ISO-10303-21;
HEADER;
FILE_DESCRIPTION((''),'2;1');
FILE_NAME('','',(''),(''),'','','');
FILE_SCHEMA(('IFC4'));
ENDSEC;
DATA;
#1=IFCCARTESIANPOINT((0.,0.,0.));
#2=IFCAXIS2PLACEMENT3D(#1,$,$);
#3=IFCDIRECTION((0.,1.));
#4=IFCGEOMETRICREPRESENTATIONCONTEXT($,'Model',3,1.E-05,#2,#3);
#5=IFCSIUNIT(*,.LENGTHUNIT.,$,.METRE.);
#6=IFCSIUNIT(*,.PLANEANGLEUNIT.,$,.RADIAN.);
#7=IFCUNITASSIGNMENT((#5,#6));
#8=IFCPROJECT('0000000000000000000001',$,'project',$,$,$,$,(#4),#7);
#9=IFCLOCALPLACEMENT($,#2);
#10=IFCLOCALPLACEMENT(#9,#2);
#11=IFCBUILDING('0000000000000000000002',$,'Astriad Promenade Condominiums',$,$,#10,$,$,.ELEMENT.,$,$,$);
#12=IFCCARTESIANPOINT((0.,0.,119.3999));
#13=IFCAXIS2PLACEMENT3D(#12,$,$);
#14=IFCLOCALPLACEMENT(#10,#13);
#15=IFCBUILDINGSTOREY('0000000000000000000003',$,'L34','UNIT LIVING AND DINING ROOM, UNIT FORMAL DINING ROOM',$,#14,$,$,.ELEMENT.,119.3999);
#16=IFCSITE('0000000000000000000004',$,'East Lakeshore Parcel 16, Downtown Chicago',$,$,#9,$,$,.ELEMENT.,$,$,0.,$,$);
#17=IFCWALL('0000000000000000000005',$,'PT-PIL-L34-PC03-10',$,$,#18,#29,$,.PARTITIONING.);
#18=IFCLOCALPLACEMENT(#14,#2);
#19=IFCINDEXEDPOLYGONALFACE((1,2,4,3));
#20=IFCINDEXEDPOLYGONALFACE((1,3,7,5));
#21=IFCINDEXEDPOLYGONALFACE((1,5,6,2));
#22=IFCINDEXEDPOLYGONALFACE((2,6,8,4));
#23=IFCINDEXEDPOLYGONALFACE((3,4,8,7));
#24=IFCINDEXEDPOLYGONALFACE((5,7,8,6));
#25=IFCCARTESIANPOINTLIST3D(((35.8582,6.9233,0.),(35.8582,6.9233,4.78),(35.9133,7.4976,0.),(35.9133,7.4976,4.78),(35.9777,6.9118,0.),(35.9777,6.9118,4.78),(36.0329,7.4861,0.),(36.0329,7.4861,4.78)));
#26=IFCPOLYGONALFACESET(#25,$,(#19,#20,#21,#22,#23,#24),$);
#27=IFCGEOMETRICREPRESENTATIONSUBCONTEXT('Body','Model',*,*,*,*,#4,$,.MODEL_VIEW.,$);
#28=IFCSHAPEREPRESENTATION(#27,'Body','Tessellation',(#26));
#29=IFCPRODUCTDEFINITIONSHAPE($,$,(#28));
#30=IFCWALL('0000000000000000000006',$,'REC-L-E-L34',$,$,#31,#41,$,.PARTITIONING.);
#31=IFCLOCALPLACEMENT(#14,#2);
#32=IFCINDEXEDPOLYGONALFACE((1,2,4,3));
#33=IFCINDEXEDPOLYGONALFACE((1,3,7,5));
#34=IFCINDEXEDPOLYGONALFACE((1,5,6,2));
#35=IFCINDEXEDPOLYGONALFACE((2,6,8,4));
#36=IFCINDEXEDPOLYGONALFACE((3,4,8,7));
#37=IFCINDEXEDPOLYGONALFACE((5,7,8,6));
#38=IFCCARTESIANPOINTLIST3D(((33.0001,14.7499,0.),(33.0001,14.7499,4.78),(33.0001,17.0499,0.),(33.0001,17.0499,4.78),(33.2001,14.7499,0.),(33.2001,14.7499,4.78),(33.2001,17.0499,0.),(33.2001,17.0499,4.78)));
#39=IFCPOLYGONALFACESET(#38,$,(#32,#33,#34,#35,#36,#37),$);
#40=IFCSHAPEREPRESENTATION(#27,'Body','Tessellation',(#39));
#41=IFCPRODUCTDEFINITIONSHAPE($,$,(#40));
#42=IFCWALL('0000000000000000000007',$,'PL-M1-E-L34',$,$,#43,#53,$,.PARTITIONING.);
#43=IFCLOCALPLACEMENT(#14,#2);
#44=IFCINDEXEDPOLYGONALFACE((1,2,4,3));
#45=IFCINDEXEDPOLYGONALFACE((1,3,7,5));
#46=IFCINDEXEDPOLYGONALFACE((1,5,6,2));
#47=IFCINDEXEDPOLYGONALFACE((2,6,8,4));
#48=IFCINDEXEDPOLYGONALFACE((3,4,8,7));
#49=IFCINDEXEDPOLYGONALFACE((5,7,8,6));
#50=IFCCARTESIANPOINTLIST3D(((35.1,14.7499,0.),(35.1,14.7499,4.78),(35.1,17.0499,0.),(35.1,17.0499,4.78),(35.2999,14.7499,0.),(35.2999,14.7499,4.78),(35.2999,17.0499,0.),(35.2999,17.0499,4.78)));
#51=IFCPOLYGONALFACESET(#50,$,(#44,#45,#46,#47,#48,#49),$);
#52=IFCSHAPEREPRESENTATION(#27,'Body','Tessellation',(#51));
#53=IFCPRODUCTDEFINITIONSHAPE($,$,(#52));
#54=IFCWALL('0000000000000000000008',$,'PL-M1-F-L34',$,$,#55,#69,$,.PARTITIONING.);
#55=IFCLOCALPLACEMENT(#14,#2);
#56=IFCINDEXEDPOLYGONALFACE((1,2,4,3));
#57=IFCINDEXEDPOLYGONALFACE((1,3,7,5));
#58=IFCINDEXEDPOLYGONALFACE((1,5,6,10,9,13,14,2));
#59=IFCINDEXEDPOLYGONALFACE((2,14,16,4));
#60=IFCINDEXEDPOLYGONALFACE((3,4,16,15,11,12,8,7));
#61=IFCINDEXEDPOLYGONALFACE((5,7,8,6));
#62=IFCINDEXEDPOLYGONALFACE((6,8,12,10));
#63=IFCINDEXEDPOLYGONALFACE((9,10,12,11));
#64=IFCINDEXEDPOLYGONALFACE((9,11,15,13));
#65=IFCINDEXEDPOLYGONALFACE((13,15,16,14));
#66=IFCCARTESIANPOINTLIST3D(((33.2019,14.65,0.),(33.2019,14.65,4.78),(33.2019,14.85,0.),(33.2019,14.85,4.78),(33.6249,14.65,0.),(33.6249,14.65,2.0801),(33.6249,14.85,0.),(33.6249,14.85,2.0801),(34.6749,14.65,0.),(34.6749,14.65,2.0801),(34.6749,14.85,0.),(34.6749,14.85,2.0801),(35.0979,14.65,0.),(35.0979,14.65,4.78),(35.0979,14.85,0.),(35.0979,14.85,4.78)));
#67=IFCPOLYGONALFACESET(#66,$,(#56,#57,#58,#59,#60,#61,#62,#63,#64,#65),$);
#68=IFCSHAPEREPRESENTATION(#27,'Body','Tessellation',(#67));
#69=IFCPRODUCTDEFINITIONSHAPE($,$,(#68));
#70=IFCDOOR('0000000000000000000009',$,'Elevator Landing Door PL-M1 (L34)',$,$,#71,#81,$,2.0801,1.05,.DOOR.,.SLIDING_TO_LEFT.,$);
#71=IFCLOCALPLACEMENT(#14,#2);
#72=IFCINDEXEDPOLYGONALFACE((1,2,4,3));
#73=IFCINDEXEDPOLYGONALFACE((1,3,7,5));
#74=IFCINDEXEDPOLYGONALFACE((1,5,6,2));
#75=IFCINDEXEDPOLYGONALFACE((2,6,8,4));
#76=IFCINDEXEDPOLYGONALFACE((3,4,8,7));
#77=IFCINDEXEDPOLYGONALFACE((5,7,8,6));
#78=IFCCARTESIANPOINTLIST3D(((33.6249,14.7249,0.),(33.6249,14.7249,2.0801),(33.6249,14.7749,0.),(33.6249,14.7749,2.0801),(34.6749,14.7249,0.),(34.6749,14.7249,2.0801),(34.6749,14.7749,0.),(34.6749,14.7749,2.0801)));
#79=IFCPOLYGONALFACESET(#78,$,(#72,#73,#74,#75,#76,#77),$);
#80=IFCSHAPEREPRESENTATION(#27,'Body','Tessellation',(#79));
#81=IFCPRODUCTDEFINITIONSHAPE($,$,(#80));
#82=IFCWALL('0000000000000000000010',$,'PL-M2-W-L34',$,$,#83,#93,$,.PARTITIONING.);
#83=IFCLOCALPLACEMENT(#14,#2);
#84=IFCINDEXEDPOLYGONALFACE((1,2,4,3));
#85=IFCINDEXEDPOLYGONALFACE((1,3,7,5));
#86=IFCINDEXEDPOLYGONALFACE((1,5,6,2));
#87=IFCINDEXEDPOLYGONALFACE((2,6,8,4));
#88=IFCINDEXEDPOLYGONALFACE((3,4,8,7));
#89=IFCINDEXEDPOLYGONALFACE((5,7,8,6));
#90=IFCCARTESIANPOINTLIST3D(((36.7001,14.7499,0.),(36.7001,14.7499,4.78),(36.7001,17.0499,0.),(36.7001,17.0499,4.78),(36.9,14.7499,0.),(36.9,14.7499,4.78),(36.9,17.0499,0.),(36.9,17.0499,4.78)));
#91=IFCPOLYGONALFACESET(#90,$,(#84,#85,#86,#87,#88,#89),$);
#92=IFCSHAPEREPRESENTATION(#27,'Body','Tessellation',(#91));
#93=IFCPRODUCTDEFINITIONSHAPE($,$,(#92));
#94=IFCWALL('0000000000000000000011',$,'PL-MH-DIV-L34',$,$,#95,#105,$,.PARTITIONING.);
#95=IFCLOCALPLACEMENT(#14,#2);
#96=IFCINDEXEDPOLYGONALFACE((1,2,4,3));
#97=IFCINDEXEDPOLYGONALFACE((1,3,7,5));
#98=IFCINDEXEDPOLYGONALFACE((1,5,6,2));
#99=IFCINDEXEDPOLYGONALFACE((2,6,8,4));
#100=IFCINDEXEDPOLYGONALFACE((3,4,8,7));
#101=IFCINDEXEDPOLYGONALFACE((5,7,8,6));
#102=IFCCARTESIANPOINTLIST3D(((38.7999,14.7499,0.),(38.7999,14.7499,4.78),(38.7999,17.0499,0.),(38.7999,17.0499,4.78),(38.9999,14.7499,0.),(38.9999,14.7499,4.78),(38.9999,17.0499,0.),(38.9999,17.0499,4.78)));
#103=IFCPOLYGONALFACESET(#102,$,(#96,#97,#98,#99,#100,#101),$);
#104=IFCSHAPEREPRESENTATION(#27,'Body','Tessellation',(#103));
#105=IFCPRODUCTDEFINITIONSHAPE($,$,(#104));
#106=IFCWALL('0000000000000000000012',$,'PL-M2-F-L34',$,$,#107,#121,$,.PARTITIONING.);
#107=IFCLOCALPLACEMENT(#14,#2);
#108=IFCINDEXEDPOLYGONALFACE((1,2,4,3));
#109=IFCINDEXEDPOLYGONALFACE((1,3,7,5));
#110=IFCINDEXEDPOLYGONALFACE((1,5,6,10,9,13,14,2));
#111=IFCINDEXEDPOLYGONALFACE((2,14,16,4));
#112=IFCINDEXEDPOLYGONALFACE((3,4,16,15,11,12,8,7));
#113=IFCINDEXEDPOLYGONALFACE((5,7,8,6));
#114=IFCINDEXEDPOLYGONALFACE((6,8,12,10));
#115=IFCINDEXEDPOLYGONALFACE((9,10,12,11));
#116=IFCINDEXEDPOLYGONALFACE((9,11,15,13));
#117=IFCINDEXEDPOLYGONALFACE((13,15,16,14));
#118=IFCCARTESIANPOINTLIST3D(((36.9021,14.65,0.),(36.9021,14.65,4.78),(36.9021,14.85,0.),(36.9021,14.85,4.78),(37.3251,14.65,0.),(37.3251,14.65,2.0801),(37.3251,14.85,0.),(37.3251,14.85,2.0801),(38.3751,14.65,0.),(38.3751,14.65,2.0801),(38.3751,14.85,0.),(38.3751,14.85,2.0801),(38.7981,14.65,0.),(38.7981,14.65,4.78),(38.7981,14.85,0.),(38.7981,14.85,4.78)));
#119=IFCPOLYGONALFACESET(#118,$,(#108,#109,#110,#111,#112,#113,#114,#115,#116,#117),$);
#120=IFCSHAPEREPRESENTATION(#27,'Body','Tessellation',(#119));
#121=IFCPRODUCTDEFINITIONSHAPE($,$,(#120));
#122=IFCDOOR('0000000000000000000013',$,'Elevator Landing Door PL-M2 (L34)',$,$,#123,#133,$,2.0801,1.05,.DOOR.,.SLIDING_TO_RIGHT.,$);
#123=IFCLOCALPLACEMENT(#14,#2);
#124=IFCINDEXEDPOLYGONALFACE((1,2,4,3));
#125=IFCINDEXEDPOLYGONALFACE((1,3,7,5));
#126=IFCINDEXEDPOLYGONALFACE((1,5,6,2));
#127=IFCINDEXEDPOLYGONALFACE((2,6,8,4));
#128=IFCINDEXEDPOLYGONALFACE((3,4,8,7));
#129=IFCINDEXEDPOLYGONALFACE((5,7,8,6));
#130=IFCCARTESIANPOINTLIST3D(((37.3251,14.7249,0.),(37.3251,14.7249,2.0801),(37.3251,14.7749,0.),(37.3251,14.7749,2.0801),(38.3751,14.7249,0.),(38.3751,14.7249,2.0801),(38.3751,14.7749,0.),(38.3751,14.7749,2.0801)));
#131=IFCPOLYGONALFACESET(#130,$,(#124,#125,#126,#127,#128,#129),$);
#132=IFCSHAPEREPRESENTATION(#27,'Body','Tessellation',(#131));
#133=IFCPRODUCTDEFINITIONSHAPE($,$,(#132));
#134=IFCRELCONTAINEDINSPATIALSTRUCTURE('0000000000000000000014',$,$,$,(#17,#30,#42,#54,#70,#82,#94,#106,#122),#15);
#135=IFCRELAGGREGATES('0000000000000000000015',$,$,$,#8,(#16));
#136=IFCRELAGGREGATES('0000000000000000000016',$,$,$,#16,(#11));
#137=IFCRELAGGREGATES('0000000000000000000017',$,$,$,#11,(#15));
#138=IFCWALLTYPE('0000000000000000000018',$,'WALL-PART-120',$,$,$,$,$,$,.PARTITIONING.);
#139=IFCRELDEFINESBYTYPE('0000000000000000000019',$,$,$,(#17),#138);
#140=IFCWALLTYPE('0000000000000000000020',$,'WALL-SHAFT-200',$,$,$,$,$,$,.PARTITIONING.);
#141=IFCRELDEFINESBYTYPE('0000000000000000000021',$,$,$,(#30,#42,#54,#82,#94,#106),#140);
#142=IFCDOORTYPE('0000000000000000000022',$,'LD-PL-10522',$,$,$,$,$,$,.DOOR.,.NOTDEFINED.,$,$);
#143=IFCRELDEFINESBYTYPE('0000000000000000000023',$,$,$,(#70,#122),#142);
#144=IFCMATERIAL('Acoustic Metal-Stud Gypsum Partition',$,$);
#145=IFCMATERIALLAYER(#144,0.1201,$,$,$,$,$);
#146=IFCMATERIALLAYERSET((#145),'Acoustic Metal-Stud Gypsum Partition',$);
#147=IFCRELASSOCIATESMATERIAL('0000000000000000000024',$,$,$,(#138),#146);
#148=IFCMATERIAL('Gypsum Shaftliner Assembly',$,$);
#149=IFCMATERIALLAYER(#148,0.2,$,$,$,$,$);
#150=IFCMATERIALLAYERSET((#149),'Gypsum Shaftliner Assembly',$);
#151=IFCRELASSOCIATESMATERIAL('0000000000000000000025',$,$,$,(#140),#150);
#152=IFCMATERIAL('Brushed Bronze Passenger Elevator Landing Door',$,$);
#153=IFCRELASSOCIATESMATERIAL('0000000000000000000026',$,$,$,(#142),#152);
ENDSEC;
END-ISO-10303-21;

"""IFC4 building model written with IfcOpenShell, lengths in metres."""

from ifc_helpers import new_model, si_unit, direction, frame, frame_2d, origin, place, context, subcontext, project, spatial, rectangle, extrude, source, transform, mapped, material, layer, layer_set, type_object, type_shapes, element, fill, save


model = new_model("IFC4")

# Units and contexts
model_context = context("Model", 3, precision=1e-05, world=origin(), true_north=direction((0.0, 1.0)))
body_context = subcontext(model_context, "Body", "Model", "MODEL_VIEW")
ifc_project = project(units=[si_unit("LENGTHUNIT", "METRE"), si_unit("PLANEANGLEUNIT", "RADIAN")], contexts=[model_context])

# Site, building, storey
site_placement = place(None, origin())
site = spatial("IfcSite", under=ifc_project, at=site_placement, Name="East Lakeshore Parcel 16, Downtown Chicago", CompositionType="ELEMENT", RefElevation=0.0)
building_placement = place(site_placement, origin())
building = spatial("IfcBuilding", under=site, at=building_placement, Name="Astriad Promenade Condominiums", CompositionType="ELEMENT")
storey_placement = place(building_placement, frame((0.0, 0.0, 119.3999)))
storey = spatial("IfcBuildingStorey", under=building, at=storey_placement, Name="L34", Description="UNIT LIVING AND DINING ROOM, UNIT FORMAL DINING ROOM", CompositionType="ELEMENT", Elevation=119.3999)

# Shared definitions
ifc_material_1 = material(Name="Acoustic Metal-Stud Gypsum Partition")
ifc_layer_1 = layer(ifc_material_1, 0.1201)
ifc_layer_set_1 = layer_set([ifc_layer_1], Name="Acoustic Metal-Stud Gypsum Partition")
wall_type_1 = type_object("IfcWallType", Name="WALL-PART-120", PredefinedType="PARTITIONING", material=ifc_layer_set_1)

# Walls
wall_1_placement = place(storey_placement, frame((35.9731, 7.4919, 0.0), z_axis=(0.0, 0.0, 1.0), x_axis=(-0.095648, -0.995415, 0.0)))
element("IfcWall", 1, at=wall_1_placement, inside=storey, type_object=wall_type_1, Name="PT-PIL-L34-PC03-10", PredefinedType="PARTITIONING", context=body_context, shape_type="SweptSolid", body=[
    extrude(rectangle(XDim=0.5769, YDim=0.1201, at=frame_2d((0.2886, 0.0))), origin(), (0.0, 0.0, 1.0), 4.78),
])
ifc_material_2 = material(Name="Gypsum Shaftliner Assembly")
ifc_layer_2 = layer(ifc_material_2, 0.2)
ifc_layer_set_2 = layer_set([ifc_layer_2], Name="Gypsum Shaftliner Assembly")
wall_type_2 = type_object("IfcWallType", Name="WALL-SHAFT-200", PredefinedType="PARTITIONING", material=ifc_layer_set_2)
for number, where, z_axis, x_axis, name in (
    (2, (33.1001, 14.75, 0.0), (0.0, 0.0, 1.0), (0.0, 1.0, 0.0), "REC-L-E-L34"),
    (3, (35.2, 14.75, 0.0), (0.0, 0.0, 1.0), (0.0, 1.0, 0.0), "PL-M1-E-L34"),
):
    element("IfcWall", number, at=place(storey_placement, frame(where, z_axis=z_axis, x_axis=x_axis)), inside=storey, type_object=wall_type_2, Name=name, PredefinedType="PARTITIONING", context=body_context, shape_type="SweptSolid", body=[
        extrude(rectangle(XDim=2.3, YDim=0.2, at=frame_2d((1.1499, 0.0))), origin(), (0.0, 0.0, 1.0), 4.78),
    ])

# Wall, opening, door
wall_2_placement = place(storey_placement, frame((33.2019, 14.75, 0.0), z_axis=(0.0, 0.0, 1.0), x_axis=(1.0, 0.0, 0.0)))
wall_2 = element("IfcWall", 4, at=wall_2_placement, inside=storey, type_object=wall_type_2, Name="PL-M1-F-L34", PredefinedType="PARTITIONING", context=body_context, shape_type="SweptSolid", body=[
    extrude(rectangle(XDim=1.896, YDim=0.2, at=frame_2d((0.948, 0.0))), origin(), (0.0, 0.0, 1.0), 4.78),
])
opening_1_placement = place(wall_2_placement, frame((0.4231, 0.0, 0.0)))
opening_1 = element("IfcOpeningElement", 5, at=opening_1_placement, cuts=wall_2, PredefinedType="OPENING", context=body_context, shape_type="SweptSolid", body=[
    extrude(rectangle(XDim=1.05, YDim=2.0801, at=frame_2d((0.5249, 1.04))), frame((0.0, 0.1099, 0.0), z_axis=(0.0, -1.0, 0.0), x_axis=(1.0, 0.0, 0.0)), (0.0, 0.0, 1.0), 0.22),
])
ifc_material_3 = material(Name="Brushed Bronze Passenger Elevator Landing Door")
door_type_1 = type_object("IfcDoorType", Name="LD-PL-10522", OperationType="NOTDEFINED", PredefinedType="DOOR", material=ifc_material_3)
shared_shape_1 = source(origin(), body_context, "Body", "SweptSolid", [
    extrude(rectangle(XDim=1.05, YDim=2.0801, at=frame_2d((0.5249, 1.04))), frame((0.0, 0.0249, 0.0), z_axis=(0.0, -1.0, 0.0), x_axis=(1.0, 0.0, 0.0)), (0.0, 0.0, 1.0), 0.05),
])
type_shapes(door_type_1, [shared_shape_1])
door_1_placement = place(opening_1_placement, origin())
door_1 = element("IfcDoor", 6, at=door_1_placement, inside=storey, type_object=door_type_1, Name="Elevator Landing Door PL-M1 (L34)", OperationType="SLIDING_TO_LEFT", OverallHeight=2.0801, OverallWidth=1.05, PredefinedType="DOOR", context=body_context, shape_type="MappedRepresentation", body=[
    mapped(shared_shape_1, transform((0.0, 0.0, 0.0), scale=1.0)),
])
fill(opening_1, door_1)

# Walls
for number, where, z_axis, x_axis, name in (
    (7, (36.8, 14.75, 0.0), (0.0, 0.0, 1.0), (0.0, 1.0, 0.0), "PL-M2-W-L34"),
    (8, (38.8999, 14.75, 0.0), (0.0, 0.0, 1.0), (0.0, 1.0, 0.0), "PL-MH-DIV-L34"),
):
    element("IfcWall", number, at=place(storey_placement, frame(where, z_axis=z_axis, x_axis=x_axis)), inside=storey, type_object=wall_type_2, Name=name, PredefinedType="PARTITIONING", context=body_context, shape_type="SweptSolid", body=[
        extrude(rectangle(XDim=2.3, YDim=0.2, at=frame_2d((1.1499, 0.0))), origin(), (0.0, 0.0, 1.0), 4.78),
    ])

# Wall, opening, door
wall_3_placement = place(storey_placement, frame((36.9021, 14.75, 0.0), z_axis=(0.0, 0.0, 1.0), x_axis=(1.0, 0.0, 0.0)))
wall_3 = element("IfcWall", 9, at=wall_3_placement, inside=storey, type_object=wall_type_2, Name="PL-M2-F-L34", PredefinedType="PARTITIONING", context=body_context, shape_type="SweptSolid", body=[
    extrude(rectangle(XDim=1.896, YDim=0.2, at=frame_2d((0.948, 0.0))), origin(), (0.0, 0.0, 1.0), 4.78),
])
opening_2_placement = place(wall_3_placement, frame((0.4231, 0.0, 0.0)))
opening_2 = element("IfcOpeningElement", 10, at=opening_2_placement, cuts=wall_3, PredefinedType="OPENING", context=body_context, shape_type="SweptSolid", body=[
    extrude(rectangle(XDim=1.05, YDim=2.0801, at=frame_2d((0.5249, 1.04))), frame((0.0, 0.1099, 0.0), z_axis=(0.0, -1.0, 0.0), x_axis=(1.0, 0.0, 0.0)), (0.0, 0.0, 1.0), 0.22),
])
door_2_placement = place(opening_2_placement, origin())
door_2 = element("IfcDoor", 11, at=door_2_placement, inside=storey, type_object=door_type_1, Name="Elevator Landing Door PL-M2 (L34)", OperationType="SLIDING_TO_RIGHT", OverallHeight=2.0801, OverallWidth=1.05, PredefinedType="DOOR", context=body_context, shape_type="MappedRepresentation", body=[
    mapped(shared_shape_1, transform((0.0, 0.0, 0.0), scale=1.0)),
])
fill(opening_2, door_2)

save(model, "model.ifc")
